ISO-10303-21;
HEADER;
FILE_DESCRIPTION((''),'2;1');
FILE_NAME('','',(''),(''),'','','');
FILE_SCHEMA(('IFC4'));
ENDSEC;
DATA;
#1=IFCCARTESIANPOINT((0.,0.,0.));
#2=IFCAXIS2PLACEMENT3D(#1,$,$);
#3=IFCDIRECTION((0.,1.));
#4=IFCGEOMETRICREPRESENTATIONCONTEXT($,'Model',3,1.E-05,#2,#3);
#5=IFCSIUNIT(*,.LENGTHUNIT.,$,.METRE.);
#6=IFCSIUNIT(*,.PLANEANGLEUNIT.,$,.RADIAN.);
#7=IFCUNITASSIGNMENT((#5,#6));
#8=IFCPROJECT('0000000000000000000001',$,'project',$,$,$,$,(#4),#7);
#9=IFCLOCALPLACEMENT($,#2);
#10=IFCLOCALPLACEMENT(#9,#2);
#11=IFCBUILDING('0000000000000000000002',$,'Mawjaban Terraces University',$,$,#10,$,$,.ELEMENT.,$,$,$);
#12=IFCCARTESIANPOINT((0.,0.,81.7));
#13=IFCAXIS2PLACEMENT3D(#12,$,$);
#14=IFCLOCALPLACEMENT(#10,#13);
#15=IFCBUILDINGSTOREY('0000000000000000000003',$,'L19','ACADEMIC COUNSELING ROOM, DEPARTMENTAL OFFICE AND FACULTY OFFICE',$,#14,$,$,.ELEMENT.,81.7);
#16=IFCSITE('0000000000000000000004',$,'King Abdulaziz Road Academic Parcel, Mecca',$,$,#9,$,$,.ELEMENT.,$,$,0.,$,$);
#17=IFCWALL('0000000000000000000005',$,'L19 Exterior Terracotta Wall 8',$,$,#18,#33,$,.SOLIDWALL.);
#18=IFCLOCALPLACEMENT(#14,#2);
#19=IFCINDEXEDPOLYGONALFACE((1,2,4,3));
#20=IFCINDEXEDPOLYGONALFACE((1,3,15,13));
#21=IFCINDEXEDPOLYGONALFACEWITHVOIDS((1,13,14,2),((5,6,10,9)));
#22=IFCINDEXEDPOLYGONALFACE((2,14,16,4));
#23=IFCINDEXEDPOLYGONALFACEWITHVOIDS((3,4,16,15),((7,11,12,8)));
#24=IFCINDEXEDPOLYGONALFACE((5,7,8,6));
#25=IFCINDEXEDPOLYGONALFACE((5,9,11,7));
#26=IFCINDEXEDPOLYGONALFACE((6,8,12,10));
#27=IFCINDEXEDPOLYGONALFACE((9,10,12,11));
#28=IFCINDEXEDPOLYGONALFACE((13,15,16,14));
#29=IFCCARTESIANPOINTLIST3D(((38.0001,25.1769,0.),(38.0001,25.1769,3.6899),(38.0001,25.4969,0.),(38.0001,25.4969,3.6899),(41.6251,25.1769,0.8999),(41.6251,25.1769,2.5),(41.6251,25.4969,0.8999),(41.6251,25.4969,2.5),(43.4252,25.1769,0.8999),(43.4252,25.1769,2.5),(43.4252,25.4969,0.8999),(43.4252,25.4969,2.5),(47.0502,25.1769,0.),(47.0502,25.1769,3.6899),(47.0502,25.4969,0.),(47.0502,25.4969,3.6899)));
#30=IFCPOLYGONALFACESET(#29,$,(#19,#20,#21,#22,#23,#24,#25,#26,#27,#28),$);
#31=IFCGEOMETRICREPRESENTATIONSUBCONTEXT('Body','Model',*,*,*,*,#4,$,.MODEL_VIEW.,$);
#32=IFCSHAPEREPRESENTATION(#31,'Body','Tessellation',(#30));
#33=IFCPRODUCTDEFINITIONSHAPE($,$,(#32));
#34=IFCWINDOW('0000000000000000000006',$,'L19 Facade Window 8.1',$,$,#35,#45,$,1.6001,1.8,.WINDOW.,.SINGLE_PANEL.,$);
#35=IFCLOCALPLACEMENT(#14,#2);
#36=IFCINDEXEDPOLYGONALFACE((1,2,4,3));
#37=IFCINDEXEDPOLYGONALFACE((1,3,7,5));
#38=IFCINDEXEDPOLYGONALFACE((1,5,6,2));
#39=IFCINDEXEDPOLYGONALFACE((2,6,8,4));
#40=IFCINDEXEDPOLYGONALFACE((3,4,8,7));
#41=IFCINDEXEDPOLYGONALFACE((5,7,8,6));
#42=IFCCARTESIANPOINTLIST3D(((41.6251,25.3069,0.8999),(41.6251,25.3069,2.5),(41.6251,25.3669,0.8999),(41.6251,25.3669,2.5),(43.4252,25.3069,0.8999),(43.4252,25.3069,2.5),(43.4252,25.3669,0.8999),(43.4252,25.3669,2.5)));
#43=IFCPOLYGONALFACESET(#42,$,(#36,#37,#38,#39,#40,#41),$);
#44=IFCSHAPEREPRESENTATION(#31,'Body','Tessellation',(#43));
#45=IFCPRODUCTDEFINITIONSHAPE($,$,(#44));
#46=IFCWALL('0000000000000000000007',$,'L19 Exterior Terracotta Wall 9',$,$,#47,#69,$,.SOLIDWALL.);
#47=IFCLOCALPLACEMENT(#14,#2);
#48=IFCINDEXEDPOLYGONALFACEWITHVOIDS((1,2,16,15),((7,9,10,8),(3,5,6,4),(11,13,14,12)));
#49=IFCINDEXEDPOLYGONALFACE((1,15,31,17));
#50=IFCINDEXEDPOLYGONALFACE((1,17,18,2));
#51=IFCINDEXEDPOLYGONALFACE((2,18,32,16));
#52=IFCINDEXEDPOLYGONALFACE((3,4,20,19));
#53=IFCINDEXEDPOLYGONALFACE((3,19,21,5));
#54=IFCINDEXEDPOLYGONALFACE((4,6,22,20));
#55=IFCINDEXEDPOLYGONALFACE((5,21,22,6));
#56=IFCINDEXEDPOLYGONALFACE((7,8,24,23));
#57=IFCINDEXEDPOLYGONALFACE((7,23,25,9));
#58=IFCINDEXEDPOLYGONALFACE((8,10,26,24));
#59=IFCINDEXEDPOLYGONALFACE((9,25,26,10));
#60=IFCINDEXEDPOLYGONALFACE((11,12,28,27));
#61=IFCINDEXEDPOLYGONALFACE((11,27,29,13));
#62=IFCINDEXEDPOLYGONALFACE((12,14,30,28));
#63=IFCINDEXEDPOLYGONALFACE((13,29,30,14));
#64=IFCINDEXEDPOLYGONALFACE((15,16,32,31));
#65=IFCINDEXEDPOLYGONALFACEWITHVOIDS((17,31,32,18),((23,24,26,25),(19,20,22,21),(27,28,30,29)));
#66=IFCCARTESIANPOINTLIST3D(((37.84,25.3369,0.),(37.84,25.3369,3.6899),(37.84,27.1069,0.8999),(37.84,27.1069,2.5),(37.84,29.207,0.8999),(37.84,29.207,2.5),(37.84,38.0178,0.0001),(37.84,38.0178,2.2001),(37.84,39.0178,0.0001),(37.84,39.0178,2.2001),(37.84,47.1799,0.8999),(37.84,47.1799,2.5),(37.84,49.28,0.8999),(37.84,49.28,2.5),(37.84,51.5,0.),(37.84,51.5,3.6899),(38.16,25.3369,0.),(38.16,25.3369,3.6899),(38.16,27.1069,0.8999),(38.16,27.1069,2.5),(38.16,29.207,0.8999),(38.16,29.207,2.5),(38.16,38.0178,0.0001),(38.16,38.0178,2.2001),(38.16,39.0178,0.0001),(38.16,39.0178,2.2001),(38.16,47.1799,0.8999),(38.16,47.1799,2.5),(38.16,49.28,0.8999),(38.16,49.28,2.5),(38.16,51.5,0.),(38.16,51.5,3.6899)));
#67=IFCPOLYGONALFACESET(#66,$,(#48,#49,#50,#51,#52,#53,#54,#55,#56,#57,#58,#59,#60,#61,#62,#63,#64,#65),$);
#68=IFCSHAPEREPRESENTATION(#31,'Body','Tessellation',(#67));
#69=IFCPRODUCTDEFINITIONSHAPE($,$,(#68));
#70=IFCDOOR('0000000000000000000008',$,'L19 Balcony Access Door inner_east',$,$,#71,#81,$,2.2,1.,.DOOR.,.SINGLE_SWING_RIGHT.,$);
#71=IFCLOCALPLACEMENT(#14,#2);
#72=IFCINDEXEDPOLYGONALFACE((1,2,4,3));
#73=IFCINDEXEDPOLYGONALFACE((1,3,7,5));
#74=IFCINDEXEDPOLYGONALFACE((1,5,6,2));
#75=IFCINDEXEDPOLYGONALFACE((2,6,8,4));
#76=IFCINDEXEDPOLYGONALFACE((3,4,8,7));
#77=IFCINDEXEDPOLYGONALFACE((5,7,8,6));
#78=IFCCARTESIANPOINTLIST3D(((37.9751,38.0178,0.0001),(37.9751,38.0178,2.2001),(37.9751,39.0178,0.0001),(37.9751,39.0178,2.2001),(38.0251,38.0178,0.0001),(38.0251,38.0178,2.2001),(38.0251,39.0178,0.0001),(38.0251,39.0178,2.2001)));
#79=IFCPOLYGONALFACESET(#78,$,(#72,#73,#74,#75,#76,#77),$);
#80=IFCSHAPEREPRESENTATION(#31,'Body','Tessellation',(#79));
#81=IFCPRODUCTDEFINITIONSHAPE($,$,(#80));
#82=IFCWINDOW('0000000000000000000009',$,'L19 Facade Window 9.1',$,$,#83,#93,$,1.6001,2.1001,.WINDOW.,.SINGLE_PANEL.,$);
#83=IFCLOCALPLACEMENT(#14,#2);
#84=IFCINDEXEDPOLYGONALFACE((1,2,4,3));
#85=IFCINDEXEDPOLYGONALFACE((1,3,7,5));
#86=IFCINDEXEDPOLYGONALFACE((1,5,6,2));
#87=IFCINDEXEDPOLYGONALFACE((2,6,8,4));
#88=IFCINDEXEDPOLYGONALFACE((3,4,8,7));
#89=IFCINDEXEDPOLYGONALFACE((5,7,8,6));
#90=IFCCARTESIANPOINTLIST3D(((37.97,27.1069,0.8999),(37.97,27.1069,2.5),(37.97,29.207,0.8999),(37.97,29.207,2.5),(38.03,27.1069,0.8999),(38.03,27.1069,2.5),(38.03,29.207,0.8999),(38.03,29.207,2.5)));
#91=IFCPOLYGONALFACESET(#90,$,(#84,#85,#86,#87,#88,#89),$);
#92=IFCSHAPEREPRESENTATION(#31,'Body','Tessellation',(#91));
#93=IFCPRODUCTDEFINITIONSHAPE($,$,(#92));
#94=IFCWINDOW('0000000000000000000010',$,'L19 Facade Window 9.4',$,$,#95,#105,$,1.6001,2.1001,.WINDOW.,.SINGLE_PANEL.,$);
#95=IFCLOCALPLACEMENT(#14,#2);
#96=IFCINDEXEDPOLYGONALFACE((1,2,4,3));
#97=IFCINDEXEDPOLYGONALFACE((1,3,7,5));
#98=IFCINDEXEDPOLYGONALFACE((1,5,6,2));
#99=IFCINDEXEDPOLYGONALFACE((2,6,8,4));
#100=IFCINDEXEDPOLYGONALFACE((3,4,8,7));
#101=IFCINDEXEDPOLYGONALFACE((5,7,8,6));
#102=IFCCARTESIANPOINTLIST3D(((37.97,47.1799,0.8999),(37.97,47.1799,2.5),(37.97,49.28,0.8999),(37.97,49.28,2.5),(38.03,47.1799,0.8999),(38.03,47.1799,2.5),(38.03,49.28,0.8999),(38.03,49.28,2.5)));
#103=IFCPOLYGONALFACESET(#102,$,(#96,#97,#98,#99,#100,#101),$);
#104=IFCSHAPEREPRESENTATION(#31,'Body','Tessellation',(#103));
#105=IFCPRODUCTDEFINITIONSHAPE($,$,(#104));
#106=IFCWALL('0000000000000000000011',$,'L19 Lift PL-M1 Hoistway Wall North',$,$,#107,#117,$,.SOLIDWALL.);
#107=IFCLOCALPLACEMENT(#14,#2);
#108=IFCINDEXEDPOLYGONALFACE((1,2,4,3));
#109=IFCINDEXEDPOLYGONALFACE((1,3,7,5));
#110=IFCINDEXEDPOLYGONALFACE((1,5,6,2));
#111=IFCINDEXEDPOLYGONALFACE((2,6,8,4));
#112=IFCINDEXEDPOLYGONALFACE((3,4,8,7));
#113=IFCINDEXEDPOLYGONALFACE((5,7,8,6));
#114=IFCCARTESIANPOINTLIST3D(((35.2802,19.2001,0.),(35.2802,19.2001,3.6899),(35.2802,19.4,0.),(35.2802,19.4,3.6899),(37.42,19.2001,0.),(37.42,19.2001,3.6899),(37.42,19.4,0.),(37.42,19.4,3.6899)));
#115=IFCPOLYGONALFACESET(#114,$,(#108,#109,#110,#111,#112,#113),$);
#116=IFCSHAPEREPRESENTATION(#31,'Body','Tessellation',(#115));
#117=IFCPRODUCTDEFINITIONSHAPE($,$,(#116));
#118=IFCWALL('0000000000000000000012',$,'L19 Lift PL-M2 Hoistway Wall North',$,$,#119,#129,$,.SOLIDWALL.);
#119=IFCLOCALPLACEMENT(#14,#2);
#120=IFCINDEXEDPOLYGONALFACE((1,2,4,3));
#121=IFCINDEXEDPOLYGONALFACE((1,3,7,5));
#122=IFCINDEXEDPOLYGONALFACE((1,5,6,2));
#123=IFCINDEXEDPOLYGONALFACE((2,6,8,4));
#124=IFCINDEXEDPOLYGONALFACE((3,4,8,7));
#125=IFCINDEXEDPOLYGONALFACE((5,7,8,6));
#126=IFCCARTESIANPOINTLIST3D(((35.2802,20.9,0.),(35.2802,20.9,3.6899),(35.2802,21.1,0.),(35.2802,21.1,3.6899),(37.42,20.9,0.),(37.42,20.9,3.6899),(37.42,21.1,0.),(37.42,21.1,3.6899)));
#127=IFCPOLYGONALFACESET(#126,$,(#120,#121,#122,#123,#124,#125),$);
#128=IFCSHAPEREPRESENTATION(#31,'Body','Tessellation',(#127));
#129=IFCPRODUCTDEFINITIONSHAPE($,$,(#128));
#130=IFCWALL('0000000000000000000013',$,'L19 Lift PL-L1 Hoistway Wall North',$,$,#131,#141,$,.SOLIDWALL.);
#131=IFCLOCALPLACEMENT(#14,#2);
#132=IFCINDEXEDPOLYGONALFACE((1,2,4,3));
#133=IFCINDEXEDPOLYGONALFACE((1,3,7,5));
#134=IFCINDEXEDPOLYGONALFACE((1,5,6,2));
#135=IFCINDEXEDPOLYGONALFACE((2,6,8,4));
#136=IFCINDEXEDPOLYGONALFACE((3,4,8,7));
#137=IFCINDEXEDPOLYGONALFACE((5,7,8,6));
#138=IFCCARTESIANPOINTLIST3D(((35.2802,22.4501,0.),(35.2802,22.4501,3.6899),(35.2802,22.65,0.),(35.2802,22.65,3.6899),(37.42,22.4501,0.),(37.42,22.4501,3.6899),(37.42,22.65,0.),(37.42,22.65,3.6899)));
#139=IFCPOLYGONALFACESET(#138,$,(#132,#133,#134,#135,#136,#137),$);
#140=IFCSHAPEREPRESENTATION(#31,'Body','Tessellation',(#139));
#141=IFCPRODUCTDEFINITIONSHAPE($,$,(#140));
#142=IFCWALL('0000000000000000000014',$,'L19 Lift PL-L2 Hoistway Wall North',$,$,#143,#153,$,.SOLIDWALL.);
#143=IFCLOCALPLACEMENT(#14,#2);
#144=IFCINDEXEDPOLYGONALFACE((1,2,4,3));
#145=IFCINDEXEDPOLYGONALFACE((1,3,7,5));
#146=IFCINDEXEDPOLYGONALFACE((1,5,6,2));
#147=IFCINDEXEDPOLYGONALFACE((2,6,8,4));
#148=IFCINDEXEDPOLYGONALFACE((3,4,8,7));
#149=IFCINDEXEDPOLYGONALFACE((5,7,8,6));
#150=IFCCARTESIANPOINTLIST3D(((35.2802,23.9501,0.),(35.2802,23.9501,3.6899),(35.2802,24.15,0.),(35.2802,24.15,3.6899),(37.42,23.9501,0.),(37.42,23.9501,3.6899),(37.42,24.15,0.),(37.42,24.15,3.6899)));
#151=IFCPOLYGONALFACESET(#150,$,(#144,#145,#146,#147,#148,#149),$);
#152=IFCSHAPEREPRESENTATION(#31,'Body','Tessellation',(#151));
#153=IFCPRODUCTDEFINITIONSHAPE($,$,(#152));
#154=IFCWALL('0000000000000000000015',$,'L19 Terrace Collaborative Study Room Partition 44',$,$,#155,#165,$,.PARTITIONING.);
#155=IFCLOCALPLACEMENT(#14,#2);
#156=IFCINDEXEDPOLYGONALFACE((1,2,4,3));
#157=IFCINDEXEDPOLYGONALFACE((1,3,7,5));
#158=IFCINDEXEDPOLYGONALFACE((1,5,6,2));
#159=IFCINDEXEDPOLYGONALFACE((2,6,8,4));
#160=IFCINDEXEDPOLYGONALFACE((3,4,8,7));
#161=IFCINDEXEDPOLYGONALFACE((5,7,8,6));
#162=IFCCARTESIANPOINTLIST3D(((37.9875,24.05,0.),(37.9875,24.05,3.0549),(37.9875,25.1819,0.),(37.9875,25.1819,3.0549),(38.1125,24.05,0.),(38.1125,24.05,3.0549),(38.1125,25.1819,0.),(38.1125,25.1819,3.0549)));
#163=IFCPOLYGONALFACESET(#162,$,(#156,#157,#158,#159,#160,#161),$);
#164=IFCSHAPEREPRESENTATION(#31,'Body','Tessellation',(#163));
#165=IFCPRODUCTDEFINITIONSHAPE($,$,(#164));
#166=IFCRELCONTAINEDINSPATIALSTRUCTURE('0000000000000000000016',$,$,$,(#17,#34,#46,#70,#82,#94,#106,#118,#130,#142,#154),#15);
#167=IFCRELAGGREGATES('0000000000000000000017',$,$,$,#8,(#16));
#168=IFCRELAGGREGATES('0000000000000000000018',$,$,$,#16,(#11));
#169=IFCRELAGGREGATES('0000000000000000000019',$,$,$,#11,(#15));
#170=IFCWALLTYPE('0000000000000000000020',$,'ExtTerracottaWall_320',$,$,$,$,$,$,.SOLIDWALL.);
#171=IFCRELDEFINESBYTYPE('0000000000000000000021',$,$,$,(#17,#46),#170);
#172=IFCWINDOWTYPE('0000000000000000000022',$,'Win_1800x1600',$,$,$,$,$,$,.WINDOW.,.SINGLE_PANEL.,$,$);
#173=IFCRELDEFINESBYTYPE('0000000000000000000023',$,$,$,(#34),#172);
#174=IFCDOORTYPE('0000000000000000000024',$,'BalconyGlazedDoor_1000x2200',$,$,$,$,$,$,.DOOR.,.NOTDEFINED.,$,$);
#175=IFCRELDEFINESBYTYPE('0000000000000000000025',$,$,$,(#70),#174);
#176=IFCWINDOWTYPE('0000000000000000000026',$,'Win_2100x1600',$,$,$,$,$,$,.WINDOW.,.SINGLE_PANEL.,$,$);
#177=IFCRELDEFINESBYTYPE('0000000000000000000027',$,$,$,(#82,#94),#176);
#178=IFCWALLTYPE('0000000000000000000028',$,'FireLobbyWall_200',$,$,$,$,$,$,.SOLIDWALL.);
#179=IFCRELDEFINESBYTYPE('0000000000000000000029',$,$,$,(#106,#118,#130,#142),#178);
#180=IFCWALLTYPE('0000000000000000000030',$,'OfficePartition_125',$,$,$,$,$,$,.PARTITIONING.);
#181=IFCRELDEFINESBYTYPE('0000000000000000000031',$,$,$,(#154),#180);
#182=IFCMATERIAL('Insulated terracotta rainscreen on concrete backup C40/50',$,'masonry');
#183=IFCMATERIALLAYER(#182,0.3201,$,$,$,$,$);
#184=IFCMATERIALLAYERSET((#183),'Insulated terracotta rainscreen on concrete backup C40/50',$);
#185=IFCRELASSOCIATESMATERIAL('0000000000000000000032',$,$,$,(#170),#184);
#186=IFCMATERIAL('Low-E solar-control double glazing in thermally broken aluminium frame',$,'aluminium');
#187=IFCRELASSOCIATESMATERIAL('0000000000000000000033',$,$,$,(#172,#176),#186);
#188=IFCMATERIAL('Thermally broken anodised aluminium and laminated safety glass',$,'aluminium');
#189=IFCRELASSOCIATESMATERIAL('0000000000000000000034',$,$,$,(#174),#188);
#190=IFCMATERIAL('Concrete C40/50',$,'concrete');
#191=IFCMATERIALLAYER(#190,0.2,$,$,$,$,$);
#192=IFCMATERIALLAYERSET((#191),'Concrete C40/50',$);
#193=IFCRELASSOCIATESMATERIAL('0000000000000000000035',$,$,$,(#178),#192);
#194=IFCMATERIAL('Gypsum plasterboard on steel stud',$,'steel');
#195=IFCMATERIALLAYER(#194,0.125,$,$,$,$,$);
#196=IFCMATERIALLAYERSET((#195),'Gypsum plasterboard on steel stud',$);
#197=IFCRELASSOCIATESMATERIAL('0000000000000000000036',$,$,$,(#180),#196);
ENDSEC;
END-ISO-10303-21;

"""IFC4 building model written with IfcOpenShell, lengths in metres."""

from ifc_helpers import new_model, si_unit, direction, frame, frame_2d, origin, place, context, subcontext, project, spatial, rectangle, extrude, material, layer, layer_set, type_object, element, fill, save


model = new_model("IFC4")

# Units and contexts
model_context = context("Model", 3, precision=1e-05, world=origin(), true_north=direction((0.0, 1.0)))
body_context = subcontext(model_context, "Body", "Model", "MODEL_VIEW")
ifc_project = project(units=[si_unit("LENGTHUNIT", "METRE"), si_unit("PLANEANGLEUNIT", "RADIAN")], contexts=[model_context])

# Site, building, storey
site_placement = place(None, origin())
site = spatial("IfcSite", under=ifc_project, at=site_placement, Name="King Abdulaziz Road Academic Parcel, Mecca", CompositionType="ELEMENT", RefElevation=0.0)
building_placement = place(site_placement, origin())
building = spatial("IfcBuilding", under=site, at=building_placement, Name="Mawjaban Terraces University", CompositionType="ELEMENT")
storey_placement = place(building_placement, frame((0.0, 0.0, 81.7)))
storey = spatial("IfcBuildingStorey", under=building, at=storey_placement, Name="L19", Description="ACADEMIC COUNSELING ROOM, DEPARTMENTAL OFFICE AND FACULTY OFFICE", CompositionType="ELEMENT", Elevation=81.7)

# Shared definitions
ifc_material_1 = material(Name="Insulated terracotta rainscreen on concrete backup C40/50", Category="masonry")
ifc_layer_1 = layer(ifc_material_1, 0.3201)
ifc_layer_set_1 = layer_set([ifc_layer_1], Name="Insulated terracotta rainscreen on concrete backup C40/50")
wall_type_1 = type_object("IfcWallType", Name="ExtTerracottaWall_320", PredefinedType="SOLIDWALL", material=ifc_layer_set_1)

# Wall, opening, window
wall_1_placement = place(storey_placement, frame((47.05, 25.3369, 0.0), z_axis=(0.0, 0.0, 1.0), x_axis=(-1.0, 0.0, 0.0)))
wall_1 = element("IfcWall", 1, at=wall_1_placement, inside=storey, type_object=wall_type_1, Name="L19 Exterior Terracotta Wall 8", PredefinedType="SOLIDWALL", context=body_context, shape_type="SweptSolid", body=[
    extrude(rectangle(XDim=9.05, YDim=0.3201, at=frame_2d((4.5249, 0.0))), origin(), (0.0, 0.0, 1.0), 3.6899),
])
opening_1_placement = place(wall_1_placement, frame((3.625, 0.0, 0.8999)))
opening_1 = element("IfcOpeningElement", 2, at=opening_1_placement, cuts=wall_1, PredefinedType="OPENING", context=body_context, shape_type="SweptSolid", body=[
    extrude(rectangle(XDim=1.8, YDim=1.6001, at=frame_2d((0.8999, 0.8))), frame((0.0, 0.1699, 0.0), z_axis=(0.0, -1.0, 0.0), x_axis=(1.0, 0.0, 0.0)), (0.0, 0.0, 1.0), 0.3401),
])
ifc_material_2 = material(Name="Low-E solar-control double glazing in thermally broken aluminium frame", Category="aluminium")
window_type_1 = type_object("IfcWindowType", Name="Win_1800x1600", PartitioningType="SINGLE_PANEL", PredefinedType="WINDOW", material=ifc_material_2)
window_1_placement = place(opening_1_placement, origin())
window_1 = element("IfcWindow", 3, at=window_1_placement, inside=storey, type_object=window_type_1, Name="L19 Facade Window 8.1", OverallHeight=1.6001, OverallWidth=1.8, PartitioningType="SINGLE_PANEL", PredefinedType="WINDOW", context=body_context, shape_type="SweptSolid", body=[
    extrude(rectangle(XDim=1.8, YDim=1.6001, at=frame_2d((0.8999, 0.8))), frame((0.0, 0.03, 0.0), z_axis=(0.0, -1.0, 0.0), x_axis=(1.0, 0.0, 0.0)), (0.0, 0.0, 1.0), 0.0601),
])
fill(opening_1, window_1)

# Wall, openings, door, windows
wall_2_placement = place(storey_placement, frame((38.0, 25.3369, 0.0), z_axis=(0.0, 0.0, 1.0), x_axis=(0.0, 1.0, 0.0)))
wall_2 = element("IfcWall", 4, at=wall_2_placement, inside=storey, type_object=wall_type_1, Name="L19 Exterior Terracotta Wall 9", PredefinedType="SOLIDWALL", context=body_context, shape_type="SweptSolid", body=[
    extrude(rectangle(XDim=26.1631, YDim=0.3201, at=frame_2d((13.0815, 0.0))), origin(), (0.0, 0.0, 1.0), 3.6899),
])
opening_2_placement = place(wall_2_placement, frame((12.6809, 0.0, 0.0)))
opening_2 = element("IfcOpeningElement", 5, at=opening_2_placement, cuts=wall_2, PredefinedType="OPENING", context=body_context, shape_type="SweptSolid", body=[
    extrude(rectangle(XDim=1.0, YDim=2.2, at=frame_2d((0.5, 1.1001))), frame((0.0, 0.1699, 0.0), z_axis=(0.0, -1.0, 0.0), x_axis=(1.0, 0.0, 0.0)), (0.0, 0.0, 1.0), 0.3401),
])
opening_3_placement = place(wall_2_placement, frame((1.77, 0.0, 0.8999)))
opening_3 = element("IfcOpeningElement", 6, at=opening_3_placement, cuts=wall_2, PredefinedType="OPENING", context=body_context, shape_type="SweptSolid", body=[
    extrude(rectangle(XDim=2.1001, YDim=1.6001, at=frame_2d((1.05, 0.8))), frame((0.0, 0.1699, 0.0), z_axis=(0.0, -1.0, 0.0), x_axis=(1.0, 0.0, 0.0)), (0.0, 0.0, 1.0), 0.3401),
])
opening_4_placement = place(wall_2_placement, frame((21.843, 0.0, 0.8999)))
opening_4 = element("IfcOpeningElement", 7, at=opening_4_placement, cuts=wall_2, PredefinedType="OPENING", context=body_context, shape_type="SweptSolid", body=[
    extrude(rectangle(XDim=2.1001, YDim=1.6001, at=frame_2d((1.05, 0.8))), frame((0.0, 0.1699, 0.0), z_axis=(0.0, -1.0, 0.0), x_axis=(1.0, 0.0, 0.0)), (0.0, 0.0, 1.0), 0.3401),
])
ifc_material_3 = material(Name="Thermally broken anodised aluminium and laminated safety glass", Category="aluminium")
door_type = type_object("IfcDoorType", Name="BalconyGlazedDoor_1000x2200", OperationType="NOTDEFINED", PredefinedType="DOOR", material=ifc_material_3)
door_placement = place(opening_2_placement, origin())
door = element("IfcDoor", 8, at=door_placement, inside=storey, type_object=door_type, Name="L19 Balcony Access Door inner_east", OperationType="SINGLE_SWING_RIGHT", OverallHeight=2.2, OverallWidth=1.0, PredefinedType="DOOR", context=body_context, shape_type="SweptSolid", body=[
    extrude(rectangle(XDim=1.0, YDim=2.2, at=frame_2d((0.5, 1.1001))), frame((0.0, 0.0249, 0.0), z_axis=(0.0, -1.0, 0.0), x_axis=(1.0, 0.0, 0.0)), (0.0, 0.0, 1.0), 0.05),
])
fill(opening_2, door)
window_type_2 = type_object("IfcWindowType", Name="Win_2100x1600", PartitioningType="SINGLE_PANEL", PredefinedType="WINDOW", material=ifc_material_2)
window_2_placement = place(opening_3_placement, origin())
window_2 = element("IfcWindow", 9, at=window_2_placement, inside=storey, type_object=window_type_2, Name="L19 Facade Window 9.1", OverallHeight=1.6001, OverallWidth=2.1001, PartitioningType="SINGLE_PANEL", PredefinedType="WINDOW", context=body_context, shape_type="SweptSolid", body=[
    extrude(rectangle(XDim=2.1001, YDim=1.6001, at=frame_2d((1.05, 0.8))), frame((0.0, 0.03, 0.0), z_axis=(0.0, -1.0, 0.0), x_axis=(1.0, 0.0, 0.0)), (0.0, 0.0, 1.0), 0.0601),
])
fill(opening_3, window_2)
window_3_placement = place(opening_4_placement, origin())
window_3 = element("IfcWindow", 10, at=window_3_placement, inside=storey, type_object=window_type_2, Name="L19 Facade Window 9.4", OverallHeight=1.6001, OverallWidth=2.1001, PartitioningType="SINGLE_PANEL", PredefinedType="WINDOW", context=body_context, shape_type="SweptSolid", body=[
    extrude(rectangle(XDim=2.1001, YDim=1.6001, at=frame_2d((1.05, 0.8))), frame((0.0, 0.03, 0.0), z_axis=(0.0, -1.0, 0.0), x_axis=(1.0, 0.0, 0.0)), (0.0, 0.0, 1.0), 0.0601),
])
fill(opening_4, window_3)

# Walls
ifc_material_4 = material(Name="Concrete C40/50", Category="concrete")
ifc_layer_2 = layer(ifc_material_4, 0.2)
ifc_layer_set_2 = layer_set([ifc_layer_2], Name="Concrete C40/50")
wall_type_2 = type_object("IfcWallType", Name="FireLobbyWall_200", PredefinedType="SOLIDWALL", material=ifc_layer_set_2)
for number, where, z_axis, x_axis, name in (
    (11, (37.4199, 19.3, 0.0), (0.0, 0.0, 1.0), (-1.0, 0.0, 0.0), "L19 Lift PL-M1 Hoistway Wall North"),
    (12, (37.4199, 21.0, 0.0), (0.0, 0.0, 1.0), (-1.0, 0.0, 0.0), "L19 Lift PL-M2 Hoistway Wall North"),
    (13, (37.4199, 22.55, 0.0), (0.0, 0.0, 1.0), (-1.0, 0.0, 0.0), "L19 Lift PL-L1 Hoistway Wall North"),
    (14, (37.4199, 24.05, 0.0), (0.0, 0.0, 1.0), (-1.0, 0.0, 0.0), "L19 Lift PL-L2 Hoistway Wall North"),
):
    element("IfcWall", number, at=place(storey_placement, frame(where, z_axis=z_axis, x_axis=x_axis)), inside=storey, type_object=wall_type_2, Name=name, PredefinedType="SOLIDWALL", context=body_context, shape_type="SweptSolid", body=[
        extrude(rectangle(XDim=2.1399, YDim=0.2, at=frame_2d((1.0698, 0.0))), origin(), (0.0, 0.0, 1.0), 3.6899),
    ])
ifc_material_5 = material(Name="Gypsum plasterboard on steel stud", Category="steel")
ifc_layer_3 = layer(ifc_material_5, 0.125)
ifc_layer_set_3 = layer_set([ifc_layer_3], Name="Gypsum plasterboard on steel stud")
wall_type_3 = type_object("IfcWallType", Name="OfficePartition_125", PredefinedType="PARTITIONING", material=ifc_layer_set_3)
wall_3_placement = place(storey_placement, frame((38.05, 25.1819, 0.0), z_axis=(0.0, 0.0, 1.0), x_axis=(0.0, -1.0, 0.0)))
element("IfcWall", 15, at=wall_3_placement, inside=storey, type_object=wall_type_3, Name="L19 Terrace Collaborative Study Room Partition 44", PredefinedType="PARTITIONING", context=body_context, shape_type="SweptSolid", body=[
    extrude(rectangle(XDim=1.1318, YDim=0.125, at=frame_2d((0.5659, 0.0))), origin(), (0.0, 0.0, 1.0), 3.0549),
])

save(model, "model.ifc")
